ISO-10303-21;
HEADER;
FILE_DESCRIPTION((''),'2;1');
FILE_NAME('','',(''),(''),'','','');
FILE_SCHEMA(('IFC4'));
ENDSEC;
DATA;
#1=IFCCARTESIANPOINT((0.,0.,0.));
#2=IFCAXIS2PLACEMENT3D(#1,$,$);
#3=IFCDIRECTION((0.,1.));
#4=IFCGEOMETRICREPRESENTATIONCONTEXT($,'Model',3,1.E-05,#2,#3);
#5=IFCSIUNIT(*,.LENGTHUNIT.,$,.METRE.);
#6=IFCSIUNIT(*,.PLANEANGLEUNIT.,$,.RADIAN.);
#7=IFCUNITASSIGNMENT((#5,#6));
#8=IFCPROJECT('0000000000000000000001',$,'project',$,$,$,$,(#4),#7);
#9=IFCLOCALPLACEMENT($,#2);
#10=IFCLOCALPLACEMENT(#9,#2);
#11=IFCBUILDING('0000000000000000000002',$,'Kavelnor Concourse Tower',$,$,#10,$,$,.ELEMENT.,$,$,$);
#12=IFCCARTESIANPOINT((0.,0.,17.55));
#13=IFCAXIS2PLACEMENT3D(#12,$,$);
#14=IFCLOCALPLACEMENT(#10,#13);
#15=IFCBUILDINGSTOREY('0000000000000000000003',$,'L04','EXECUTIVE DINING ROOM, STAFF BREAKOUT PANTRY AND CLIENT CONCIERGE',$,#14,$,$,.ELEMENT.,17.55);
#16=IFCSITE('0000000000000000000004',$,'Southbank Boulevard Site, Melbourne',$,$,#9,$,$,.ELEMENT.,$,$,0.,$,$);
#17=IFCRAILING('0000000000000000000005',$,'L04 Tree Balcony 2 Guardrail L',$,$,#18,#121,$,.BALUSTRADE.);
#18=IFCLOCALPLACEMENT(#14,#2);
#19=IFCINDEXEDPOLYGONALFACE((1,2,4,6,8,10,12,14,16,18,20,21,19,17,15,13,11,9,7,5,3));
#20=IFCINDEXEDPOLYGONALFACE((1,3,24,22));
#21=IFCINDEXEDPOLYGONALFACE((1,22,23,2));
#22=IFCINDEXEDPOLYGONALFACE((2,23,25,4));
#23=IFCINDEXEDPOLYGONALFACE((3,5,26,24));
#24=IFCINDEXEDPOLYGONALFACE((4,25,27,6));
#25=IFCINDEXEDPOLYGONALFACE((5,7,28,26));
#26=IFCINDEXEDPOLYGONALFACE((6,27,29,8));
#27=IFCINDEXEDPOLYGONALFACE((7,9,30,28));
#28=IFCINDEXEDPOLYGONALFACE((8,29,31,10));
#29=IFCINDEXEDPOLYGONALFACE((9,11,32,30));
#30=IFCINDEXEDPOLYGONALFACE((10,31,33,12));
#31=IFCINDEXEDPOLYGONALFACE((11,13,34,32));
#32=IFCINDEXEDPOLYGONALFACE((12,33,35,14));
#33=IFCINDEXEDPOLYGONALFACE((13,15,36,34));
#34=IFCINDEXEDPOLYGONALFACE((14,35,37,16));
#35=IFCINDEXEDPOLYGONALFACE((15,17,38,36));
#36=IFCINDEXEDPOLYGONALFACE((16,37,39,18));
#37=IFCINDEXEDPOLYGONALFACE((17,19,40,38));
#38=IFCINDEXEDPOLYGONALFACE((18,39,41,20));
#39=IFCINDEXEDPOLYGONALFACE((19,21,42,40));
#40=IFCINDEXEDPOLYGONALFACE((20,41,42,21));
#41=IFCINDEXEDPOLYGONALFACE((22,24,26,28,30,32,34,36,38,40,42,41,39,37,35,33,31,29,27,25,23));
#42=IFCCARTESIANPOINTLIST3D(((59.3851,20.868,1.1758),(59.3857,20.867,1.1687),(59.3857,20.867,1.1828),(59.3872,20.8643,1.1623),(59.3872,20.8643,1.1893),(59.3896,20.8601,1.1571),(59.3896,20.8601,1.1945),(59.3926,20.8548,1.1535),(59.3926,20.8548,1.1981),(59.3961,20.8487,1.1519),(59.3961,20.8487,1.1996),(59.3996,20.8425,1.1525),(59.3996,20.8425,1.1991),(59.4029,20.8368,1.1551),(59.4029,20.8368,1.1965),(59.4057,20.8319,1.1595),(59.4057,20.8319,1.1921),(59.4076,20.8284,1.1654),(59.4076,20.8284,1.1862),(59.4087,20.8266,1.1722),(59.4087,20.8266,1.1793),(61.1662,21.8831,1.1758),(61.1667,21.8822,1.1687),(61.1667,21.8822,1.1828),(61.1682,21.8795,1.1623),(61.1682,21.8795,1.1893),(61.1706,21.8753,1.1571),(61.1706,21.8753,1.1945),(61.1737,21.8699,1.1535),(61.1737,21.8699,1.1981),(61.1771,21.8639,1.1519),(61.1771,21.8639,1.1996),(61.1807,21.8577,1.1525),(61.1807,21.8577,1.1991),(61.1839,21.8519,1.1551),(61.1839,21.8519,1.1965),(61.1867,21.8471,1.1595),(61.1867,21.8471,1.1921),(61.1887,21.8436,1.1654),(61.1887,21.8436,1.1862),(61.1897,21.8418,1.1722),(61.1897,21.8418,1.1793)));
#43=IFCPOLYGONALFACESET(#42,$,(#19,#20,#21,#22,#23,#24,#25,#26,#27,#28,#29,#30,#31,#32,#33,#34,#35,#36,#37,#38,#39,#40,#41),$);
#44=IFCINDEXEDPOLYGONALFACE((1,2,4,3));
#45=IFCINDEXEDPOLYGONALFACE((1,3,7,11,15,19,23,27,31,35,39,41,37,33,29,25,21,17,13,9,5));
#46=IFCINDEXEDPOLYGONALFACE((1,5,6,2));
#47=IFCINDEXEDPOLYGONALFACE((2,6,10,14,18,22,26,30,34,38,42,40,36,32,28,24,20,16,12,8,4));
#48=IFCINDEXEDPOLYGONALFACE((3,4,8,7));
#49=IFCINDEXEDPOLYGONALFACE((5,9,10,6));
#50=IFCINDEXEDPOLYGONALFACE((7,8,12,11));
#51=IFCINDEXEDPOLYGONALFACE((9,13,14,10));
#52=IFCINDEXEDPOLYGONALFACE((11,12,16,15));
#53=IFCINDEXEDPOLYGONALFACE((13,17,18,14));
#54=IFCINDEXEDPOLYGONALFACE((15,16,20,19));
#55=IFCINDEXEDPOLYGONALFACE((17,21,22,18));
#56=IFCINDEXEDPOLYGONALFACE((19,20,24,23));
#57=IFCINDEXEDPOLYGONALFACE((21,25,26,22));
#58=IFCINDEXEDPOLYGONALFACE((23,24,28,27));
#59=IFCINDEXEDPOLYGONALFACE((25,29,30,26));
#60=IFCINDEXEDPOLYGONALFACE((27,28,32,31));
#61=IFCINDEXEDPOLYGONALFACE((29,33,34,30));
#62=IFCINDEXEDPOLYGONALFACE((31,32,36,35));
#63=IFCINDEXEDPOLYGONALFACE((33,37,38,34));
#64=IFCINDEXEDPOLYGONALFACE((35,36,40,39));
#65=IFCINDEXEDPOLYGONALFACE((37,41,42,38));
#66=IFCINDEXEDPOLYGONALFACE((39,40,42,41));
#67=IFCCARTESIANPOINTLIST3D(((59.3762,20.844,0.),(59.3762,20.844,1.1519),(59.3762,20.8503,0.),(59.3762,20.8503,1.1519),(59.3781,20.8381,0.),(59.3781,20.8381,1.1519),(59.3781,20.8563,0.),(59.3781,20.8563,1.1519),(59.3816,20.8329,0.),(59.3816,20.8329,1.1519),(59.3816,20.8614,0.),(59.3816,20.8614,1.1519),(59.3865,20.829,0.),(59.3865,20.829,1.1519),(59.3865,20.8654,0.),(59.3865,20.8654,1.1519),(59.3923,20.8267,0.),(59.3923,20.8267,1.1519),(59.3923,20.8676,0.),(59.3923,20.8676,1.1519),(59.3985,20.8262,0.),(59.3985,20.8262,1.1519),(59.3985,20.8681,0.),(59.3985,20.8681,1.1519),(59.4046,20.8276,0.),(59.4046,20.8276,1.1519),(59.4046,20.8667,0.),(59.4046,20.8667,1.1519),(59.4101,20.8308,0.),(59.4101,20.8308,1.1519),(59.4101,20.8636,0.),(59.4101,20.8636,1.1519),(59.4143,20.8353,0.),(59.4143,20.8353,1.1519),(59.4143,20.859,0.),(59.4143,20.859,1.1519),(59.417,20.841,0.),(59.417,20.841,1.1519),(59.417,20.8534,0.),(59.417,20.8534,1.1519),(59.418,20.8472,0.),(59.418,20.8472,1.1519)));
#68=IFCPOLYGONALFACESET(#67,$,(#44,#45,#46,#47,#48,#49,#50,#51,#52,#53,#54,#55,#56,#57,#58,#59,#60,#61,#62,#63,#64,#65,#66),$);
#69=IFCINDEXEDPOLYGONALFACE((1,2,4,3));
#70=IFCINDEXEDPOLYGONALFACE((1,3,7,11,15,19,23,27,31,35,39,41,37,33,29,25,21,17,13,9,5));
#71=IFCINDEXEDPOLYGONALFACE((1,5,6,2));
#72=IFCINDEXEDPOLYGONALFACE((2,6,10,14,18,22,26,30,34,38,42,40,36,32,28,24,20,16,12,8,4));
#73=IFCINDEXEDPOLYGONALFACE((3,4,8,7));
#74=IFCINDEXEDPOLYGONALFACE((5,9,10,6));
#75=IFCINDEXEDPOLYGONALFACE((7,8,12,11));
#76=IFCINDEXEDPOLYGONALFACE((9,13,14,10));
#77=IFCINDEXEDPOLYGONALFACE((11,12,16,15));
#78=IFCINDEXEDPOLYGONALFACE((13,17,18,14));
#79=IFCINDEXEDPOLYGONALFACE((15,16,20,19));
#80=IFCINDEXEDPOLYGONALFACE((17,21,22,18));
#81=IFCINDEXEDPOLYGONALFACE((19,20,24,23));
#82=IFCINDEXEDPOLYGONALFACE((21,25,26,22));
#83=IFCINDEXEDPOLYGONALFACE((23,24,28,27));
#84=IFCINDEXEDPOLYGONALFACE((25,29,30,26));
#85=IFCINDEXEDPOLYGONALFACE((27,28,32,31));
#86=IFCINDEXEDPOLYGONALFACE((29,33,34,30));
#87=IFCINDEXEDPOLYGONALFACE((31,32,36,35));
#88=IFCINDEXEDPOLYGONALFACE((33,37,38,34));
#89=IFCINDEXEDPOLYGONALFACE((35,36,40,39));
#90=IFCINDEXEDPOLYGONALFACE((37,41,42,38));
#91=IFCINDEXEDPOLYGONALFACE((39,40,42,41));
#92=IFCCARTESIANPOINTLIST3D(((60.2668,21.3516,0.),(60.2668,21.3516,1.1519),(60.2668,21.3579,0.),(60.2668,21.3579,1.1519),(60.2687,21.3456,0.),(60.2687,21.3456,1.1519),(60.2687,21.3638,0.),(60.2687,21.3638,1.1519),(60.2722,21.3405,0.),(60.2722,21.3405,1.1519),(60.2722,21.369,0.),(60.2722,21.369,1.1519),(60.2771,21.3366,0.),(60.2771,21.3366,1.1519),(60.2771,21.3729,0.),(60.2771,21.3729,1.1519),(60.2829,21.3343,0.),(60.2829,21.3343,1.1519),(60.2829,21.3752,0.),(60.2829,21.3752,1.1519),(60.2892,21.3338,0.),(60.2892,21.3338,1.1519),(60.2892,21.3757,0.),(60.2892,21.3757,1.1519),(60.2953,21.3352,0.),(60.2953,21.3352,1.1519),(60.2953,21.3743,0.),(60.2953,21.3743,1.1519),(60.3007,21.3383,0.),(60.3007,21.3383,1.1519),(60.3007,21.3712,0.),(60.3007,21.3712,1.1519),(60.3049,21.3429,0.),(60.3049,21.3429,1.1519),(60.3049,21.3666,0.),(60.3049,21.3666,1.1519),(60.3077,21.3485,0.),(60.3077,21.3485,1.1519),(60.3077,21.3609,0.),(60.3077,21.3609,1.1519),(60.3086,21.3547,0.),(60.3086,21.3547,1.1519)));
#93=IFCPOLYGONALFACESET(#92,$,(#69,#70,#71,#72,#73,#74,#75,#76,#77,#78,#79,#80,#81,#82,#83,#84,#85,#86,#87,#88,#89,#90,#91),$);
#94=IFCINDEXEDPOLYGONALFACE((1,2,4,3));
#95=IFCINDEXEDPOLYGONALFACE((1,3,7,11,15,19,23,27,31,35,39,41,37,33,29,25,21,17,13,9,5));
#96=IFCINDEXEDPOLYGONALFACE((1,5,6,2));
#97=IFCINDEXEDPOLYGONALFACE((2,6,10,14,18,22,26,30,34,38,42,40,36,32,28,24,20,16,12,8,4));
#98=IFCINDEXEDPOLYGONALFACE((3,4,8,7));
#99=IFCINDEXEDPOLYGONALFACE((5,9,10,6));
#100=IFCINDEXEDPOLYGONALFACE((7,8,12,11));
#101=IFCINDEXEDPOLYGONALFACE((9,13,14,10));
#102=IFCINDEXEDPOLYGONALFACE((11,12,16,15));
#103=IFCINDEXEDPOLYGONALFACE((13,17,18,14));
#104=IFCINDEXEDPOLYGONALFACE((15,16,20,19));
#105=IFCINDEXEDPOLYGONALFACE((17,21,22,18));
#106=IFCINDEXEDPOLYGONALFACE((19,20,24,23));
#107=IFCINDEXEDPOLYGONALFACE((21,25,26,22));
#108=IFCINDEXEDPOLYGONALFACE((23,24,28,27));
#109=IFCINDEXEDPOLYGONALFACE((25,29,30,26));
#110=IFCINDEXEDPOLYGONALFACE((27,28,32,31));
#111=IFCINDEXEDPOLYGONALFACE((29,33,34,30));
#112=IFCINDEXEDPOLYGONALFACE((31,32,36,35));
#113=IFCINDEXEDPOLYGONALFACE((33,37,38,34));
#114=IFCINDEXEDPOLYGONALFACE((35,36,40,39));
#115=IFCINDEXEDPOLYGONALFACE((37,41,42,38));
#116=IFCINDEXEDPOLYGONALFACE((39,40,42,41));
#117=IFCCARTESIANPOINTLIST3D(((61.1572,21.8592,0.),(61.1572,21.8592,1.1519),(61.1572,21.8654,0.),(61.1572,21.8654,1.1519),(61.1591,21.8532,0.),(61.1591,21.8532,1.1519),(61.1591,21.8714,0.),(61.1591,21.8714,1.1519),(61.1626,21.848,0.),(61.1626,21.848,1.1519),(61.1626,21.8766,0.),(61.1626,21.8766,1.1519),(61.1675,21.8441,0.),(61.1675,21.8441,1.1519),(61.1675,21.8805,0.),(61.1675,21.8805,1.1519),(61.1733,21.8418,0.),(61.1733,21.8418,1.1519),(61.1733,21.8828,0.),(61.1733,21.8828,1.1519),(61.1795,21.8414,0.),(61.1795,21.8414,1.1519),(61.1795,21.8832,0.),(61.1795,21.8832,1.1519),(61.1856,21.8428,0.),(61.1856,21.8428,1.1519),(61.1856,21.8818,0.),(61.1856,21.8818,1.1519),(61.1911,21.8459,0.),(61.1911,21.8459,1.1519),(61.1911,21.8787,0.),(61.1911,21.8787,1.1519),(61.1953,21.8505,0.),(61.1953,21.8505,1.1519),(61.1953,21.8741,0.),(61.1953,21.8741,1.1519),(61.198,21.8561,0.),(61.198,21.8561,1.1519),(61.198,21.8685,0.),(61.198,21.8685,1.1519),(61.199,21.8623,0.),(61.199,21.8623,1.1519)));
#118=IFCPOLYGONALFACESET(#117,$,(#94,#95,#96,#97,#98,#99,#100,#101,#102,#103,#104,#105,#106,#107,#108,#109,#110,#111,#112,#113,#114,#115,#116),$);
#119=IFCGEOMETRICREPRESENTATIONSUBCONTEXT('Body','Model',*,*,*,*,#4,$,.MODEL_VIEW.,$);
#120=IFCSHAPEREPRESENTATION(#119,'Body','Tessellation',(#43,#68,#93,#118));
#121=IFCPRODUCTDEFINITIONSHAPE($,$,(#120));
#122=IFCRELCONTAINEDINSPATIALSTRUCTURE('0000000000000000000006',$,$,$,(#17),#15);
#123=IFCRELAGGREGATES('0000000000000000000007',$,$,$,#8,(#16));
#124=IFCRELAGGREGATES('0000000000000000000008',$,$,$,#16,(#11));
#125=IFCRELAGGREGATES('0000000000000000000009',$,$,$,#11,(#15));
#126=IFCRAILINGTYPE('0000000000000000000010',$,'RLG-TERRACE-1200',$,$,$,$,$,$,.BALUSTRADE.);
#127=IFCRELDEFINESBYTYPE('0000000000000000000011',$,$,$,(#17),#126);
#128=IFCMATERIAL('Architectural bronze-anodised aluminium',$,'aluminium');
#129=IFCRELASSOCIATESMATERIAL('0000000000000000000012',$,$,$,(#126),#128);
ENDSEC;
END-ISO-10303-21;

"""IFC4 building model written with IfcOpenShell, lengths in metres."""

from ifc_helpers import new_model, si_unit, direction, frame, origin, origin_2d, place, context, subcontext, project, spatial, circle, extrude, material, type_object, element, save


model = new_model("IFC4")

# Units and contexts
model_context = context("Model", 3, precision=1e-05, world=origin(), true_north=direction((0.0, 1.0)))
body_context = subcontext(model_context, "Body", "Model", "MODEL_VIEW")
ifc_project = project(units=[si_unit("LENGTHUNIT", "METRE"), si_unit("PLANEANGLEUNIT", "RADIAN")], contexts=[model_context])

# Site, building, storey
site_placement = place(None, origin())
site = spatial("IfcSite", under=ifc_project, at=site_placement, Name="Southbank Boulevard Site, Melbourne", CompositionType="ELEMENT", RefElevation=0.0)
building_placement = place(site_placement, origin())
building = spatial("IfcBuilding", under=site, at=building_placement, Name="Kavelnor Concourse Tower", CompositionType="ELEMENT")
storey_placement = place(building_placement, frame((0.0, 0.0, 17.55)))
storey = spatial("IfcBuildingStorey", under=building, at=storey_placement, Name="L04", Description="EXECUTIVE DINING ROOM, STAFF BREAKOUT PANTRY AND CLIENT CONCIERGE", CompositionType="ELEMENT", Elevation=17.55)

# Railing
ifc_material_1 = material(Name="Architectural bronze-anodised aluminium", Category="aluminium")
railing_type_1 = type_object("IfcRailingType", Name="RLG-TERRACE-1200", PredefinedType="BALUSTRADE", material=ifc_material_1)
railing_1_placement = place(storey_placement, frame((59.397, 20.8472, 0.0)))
element("IfcRailing", 1, at=railing_1_placement, inside=storey, type_object=railing_type_1, Name="L04 Tree Balcony 2 Guardrail L", PredefinedType="BALUSTRADE", context=body_context, shape_type="SweptSolid", body=[
    extrude(circle(Radius=0.0239, at=origin_2d()), frame((0.0, 0.0, 1.1758), z_axis=(0.868785, 0.49519, 0.0), x_axis=(-0.49519, 0.868785, 0.0)), (0.0, 0.0, 1.0), 2.05),
    extrude(circle(Radius=0.021, at=origin_2d()), origin(), (0.0, 0.0, 1.0), 1.1519),
    extrude(circle(Radius=0.021, at=origin_2d()), frame((0.8906, 0.5076, 0.0)), (0.0, 0.0, 1.0), 1.1519),
    extrude(circle(Radius=0.021, at=origin_2d()), frame((1.781, 1.0151, 0.0)), (0.0, 0.0, 1.0), 1.1519),
])

save(model, "model.ifc")
